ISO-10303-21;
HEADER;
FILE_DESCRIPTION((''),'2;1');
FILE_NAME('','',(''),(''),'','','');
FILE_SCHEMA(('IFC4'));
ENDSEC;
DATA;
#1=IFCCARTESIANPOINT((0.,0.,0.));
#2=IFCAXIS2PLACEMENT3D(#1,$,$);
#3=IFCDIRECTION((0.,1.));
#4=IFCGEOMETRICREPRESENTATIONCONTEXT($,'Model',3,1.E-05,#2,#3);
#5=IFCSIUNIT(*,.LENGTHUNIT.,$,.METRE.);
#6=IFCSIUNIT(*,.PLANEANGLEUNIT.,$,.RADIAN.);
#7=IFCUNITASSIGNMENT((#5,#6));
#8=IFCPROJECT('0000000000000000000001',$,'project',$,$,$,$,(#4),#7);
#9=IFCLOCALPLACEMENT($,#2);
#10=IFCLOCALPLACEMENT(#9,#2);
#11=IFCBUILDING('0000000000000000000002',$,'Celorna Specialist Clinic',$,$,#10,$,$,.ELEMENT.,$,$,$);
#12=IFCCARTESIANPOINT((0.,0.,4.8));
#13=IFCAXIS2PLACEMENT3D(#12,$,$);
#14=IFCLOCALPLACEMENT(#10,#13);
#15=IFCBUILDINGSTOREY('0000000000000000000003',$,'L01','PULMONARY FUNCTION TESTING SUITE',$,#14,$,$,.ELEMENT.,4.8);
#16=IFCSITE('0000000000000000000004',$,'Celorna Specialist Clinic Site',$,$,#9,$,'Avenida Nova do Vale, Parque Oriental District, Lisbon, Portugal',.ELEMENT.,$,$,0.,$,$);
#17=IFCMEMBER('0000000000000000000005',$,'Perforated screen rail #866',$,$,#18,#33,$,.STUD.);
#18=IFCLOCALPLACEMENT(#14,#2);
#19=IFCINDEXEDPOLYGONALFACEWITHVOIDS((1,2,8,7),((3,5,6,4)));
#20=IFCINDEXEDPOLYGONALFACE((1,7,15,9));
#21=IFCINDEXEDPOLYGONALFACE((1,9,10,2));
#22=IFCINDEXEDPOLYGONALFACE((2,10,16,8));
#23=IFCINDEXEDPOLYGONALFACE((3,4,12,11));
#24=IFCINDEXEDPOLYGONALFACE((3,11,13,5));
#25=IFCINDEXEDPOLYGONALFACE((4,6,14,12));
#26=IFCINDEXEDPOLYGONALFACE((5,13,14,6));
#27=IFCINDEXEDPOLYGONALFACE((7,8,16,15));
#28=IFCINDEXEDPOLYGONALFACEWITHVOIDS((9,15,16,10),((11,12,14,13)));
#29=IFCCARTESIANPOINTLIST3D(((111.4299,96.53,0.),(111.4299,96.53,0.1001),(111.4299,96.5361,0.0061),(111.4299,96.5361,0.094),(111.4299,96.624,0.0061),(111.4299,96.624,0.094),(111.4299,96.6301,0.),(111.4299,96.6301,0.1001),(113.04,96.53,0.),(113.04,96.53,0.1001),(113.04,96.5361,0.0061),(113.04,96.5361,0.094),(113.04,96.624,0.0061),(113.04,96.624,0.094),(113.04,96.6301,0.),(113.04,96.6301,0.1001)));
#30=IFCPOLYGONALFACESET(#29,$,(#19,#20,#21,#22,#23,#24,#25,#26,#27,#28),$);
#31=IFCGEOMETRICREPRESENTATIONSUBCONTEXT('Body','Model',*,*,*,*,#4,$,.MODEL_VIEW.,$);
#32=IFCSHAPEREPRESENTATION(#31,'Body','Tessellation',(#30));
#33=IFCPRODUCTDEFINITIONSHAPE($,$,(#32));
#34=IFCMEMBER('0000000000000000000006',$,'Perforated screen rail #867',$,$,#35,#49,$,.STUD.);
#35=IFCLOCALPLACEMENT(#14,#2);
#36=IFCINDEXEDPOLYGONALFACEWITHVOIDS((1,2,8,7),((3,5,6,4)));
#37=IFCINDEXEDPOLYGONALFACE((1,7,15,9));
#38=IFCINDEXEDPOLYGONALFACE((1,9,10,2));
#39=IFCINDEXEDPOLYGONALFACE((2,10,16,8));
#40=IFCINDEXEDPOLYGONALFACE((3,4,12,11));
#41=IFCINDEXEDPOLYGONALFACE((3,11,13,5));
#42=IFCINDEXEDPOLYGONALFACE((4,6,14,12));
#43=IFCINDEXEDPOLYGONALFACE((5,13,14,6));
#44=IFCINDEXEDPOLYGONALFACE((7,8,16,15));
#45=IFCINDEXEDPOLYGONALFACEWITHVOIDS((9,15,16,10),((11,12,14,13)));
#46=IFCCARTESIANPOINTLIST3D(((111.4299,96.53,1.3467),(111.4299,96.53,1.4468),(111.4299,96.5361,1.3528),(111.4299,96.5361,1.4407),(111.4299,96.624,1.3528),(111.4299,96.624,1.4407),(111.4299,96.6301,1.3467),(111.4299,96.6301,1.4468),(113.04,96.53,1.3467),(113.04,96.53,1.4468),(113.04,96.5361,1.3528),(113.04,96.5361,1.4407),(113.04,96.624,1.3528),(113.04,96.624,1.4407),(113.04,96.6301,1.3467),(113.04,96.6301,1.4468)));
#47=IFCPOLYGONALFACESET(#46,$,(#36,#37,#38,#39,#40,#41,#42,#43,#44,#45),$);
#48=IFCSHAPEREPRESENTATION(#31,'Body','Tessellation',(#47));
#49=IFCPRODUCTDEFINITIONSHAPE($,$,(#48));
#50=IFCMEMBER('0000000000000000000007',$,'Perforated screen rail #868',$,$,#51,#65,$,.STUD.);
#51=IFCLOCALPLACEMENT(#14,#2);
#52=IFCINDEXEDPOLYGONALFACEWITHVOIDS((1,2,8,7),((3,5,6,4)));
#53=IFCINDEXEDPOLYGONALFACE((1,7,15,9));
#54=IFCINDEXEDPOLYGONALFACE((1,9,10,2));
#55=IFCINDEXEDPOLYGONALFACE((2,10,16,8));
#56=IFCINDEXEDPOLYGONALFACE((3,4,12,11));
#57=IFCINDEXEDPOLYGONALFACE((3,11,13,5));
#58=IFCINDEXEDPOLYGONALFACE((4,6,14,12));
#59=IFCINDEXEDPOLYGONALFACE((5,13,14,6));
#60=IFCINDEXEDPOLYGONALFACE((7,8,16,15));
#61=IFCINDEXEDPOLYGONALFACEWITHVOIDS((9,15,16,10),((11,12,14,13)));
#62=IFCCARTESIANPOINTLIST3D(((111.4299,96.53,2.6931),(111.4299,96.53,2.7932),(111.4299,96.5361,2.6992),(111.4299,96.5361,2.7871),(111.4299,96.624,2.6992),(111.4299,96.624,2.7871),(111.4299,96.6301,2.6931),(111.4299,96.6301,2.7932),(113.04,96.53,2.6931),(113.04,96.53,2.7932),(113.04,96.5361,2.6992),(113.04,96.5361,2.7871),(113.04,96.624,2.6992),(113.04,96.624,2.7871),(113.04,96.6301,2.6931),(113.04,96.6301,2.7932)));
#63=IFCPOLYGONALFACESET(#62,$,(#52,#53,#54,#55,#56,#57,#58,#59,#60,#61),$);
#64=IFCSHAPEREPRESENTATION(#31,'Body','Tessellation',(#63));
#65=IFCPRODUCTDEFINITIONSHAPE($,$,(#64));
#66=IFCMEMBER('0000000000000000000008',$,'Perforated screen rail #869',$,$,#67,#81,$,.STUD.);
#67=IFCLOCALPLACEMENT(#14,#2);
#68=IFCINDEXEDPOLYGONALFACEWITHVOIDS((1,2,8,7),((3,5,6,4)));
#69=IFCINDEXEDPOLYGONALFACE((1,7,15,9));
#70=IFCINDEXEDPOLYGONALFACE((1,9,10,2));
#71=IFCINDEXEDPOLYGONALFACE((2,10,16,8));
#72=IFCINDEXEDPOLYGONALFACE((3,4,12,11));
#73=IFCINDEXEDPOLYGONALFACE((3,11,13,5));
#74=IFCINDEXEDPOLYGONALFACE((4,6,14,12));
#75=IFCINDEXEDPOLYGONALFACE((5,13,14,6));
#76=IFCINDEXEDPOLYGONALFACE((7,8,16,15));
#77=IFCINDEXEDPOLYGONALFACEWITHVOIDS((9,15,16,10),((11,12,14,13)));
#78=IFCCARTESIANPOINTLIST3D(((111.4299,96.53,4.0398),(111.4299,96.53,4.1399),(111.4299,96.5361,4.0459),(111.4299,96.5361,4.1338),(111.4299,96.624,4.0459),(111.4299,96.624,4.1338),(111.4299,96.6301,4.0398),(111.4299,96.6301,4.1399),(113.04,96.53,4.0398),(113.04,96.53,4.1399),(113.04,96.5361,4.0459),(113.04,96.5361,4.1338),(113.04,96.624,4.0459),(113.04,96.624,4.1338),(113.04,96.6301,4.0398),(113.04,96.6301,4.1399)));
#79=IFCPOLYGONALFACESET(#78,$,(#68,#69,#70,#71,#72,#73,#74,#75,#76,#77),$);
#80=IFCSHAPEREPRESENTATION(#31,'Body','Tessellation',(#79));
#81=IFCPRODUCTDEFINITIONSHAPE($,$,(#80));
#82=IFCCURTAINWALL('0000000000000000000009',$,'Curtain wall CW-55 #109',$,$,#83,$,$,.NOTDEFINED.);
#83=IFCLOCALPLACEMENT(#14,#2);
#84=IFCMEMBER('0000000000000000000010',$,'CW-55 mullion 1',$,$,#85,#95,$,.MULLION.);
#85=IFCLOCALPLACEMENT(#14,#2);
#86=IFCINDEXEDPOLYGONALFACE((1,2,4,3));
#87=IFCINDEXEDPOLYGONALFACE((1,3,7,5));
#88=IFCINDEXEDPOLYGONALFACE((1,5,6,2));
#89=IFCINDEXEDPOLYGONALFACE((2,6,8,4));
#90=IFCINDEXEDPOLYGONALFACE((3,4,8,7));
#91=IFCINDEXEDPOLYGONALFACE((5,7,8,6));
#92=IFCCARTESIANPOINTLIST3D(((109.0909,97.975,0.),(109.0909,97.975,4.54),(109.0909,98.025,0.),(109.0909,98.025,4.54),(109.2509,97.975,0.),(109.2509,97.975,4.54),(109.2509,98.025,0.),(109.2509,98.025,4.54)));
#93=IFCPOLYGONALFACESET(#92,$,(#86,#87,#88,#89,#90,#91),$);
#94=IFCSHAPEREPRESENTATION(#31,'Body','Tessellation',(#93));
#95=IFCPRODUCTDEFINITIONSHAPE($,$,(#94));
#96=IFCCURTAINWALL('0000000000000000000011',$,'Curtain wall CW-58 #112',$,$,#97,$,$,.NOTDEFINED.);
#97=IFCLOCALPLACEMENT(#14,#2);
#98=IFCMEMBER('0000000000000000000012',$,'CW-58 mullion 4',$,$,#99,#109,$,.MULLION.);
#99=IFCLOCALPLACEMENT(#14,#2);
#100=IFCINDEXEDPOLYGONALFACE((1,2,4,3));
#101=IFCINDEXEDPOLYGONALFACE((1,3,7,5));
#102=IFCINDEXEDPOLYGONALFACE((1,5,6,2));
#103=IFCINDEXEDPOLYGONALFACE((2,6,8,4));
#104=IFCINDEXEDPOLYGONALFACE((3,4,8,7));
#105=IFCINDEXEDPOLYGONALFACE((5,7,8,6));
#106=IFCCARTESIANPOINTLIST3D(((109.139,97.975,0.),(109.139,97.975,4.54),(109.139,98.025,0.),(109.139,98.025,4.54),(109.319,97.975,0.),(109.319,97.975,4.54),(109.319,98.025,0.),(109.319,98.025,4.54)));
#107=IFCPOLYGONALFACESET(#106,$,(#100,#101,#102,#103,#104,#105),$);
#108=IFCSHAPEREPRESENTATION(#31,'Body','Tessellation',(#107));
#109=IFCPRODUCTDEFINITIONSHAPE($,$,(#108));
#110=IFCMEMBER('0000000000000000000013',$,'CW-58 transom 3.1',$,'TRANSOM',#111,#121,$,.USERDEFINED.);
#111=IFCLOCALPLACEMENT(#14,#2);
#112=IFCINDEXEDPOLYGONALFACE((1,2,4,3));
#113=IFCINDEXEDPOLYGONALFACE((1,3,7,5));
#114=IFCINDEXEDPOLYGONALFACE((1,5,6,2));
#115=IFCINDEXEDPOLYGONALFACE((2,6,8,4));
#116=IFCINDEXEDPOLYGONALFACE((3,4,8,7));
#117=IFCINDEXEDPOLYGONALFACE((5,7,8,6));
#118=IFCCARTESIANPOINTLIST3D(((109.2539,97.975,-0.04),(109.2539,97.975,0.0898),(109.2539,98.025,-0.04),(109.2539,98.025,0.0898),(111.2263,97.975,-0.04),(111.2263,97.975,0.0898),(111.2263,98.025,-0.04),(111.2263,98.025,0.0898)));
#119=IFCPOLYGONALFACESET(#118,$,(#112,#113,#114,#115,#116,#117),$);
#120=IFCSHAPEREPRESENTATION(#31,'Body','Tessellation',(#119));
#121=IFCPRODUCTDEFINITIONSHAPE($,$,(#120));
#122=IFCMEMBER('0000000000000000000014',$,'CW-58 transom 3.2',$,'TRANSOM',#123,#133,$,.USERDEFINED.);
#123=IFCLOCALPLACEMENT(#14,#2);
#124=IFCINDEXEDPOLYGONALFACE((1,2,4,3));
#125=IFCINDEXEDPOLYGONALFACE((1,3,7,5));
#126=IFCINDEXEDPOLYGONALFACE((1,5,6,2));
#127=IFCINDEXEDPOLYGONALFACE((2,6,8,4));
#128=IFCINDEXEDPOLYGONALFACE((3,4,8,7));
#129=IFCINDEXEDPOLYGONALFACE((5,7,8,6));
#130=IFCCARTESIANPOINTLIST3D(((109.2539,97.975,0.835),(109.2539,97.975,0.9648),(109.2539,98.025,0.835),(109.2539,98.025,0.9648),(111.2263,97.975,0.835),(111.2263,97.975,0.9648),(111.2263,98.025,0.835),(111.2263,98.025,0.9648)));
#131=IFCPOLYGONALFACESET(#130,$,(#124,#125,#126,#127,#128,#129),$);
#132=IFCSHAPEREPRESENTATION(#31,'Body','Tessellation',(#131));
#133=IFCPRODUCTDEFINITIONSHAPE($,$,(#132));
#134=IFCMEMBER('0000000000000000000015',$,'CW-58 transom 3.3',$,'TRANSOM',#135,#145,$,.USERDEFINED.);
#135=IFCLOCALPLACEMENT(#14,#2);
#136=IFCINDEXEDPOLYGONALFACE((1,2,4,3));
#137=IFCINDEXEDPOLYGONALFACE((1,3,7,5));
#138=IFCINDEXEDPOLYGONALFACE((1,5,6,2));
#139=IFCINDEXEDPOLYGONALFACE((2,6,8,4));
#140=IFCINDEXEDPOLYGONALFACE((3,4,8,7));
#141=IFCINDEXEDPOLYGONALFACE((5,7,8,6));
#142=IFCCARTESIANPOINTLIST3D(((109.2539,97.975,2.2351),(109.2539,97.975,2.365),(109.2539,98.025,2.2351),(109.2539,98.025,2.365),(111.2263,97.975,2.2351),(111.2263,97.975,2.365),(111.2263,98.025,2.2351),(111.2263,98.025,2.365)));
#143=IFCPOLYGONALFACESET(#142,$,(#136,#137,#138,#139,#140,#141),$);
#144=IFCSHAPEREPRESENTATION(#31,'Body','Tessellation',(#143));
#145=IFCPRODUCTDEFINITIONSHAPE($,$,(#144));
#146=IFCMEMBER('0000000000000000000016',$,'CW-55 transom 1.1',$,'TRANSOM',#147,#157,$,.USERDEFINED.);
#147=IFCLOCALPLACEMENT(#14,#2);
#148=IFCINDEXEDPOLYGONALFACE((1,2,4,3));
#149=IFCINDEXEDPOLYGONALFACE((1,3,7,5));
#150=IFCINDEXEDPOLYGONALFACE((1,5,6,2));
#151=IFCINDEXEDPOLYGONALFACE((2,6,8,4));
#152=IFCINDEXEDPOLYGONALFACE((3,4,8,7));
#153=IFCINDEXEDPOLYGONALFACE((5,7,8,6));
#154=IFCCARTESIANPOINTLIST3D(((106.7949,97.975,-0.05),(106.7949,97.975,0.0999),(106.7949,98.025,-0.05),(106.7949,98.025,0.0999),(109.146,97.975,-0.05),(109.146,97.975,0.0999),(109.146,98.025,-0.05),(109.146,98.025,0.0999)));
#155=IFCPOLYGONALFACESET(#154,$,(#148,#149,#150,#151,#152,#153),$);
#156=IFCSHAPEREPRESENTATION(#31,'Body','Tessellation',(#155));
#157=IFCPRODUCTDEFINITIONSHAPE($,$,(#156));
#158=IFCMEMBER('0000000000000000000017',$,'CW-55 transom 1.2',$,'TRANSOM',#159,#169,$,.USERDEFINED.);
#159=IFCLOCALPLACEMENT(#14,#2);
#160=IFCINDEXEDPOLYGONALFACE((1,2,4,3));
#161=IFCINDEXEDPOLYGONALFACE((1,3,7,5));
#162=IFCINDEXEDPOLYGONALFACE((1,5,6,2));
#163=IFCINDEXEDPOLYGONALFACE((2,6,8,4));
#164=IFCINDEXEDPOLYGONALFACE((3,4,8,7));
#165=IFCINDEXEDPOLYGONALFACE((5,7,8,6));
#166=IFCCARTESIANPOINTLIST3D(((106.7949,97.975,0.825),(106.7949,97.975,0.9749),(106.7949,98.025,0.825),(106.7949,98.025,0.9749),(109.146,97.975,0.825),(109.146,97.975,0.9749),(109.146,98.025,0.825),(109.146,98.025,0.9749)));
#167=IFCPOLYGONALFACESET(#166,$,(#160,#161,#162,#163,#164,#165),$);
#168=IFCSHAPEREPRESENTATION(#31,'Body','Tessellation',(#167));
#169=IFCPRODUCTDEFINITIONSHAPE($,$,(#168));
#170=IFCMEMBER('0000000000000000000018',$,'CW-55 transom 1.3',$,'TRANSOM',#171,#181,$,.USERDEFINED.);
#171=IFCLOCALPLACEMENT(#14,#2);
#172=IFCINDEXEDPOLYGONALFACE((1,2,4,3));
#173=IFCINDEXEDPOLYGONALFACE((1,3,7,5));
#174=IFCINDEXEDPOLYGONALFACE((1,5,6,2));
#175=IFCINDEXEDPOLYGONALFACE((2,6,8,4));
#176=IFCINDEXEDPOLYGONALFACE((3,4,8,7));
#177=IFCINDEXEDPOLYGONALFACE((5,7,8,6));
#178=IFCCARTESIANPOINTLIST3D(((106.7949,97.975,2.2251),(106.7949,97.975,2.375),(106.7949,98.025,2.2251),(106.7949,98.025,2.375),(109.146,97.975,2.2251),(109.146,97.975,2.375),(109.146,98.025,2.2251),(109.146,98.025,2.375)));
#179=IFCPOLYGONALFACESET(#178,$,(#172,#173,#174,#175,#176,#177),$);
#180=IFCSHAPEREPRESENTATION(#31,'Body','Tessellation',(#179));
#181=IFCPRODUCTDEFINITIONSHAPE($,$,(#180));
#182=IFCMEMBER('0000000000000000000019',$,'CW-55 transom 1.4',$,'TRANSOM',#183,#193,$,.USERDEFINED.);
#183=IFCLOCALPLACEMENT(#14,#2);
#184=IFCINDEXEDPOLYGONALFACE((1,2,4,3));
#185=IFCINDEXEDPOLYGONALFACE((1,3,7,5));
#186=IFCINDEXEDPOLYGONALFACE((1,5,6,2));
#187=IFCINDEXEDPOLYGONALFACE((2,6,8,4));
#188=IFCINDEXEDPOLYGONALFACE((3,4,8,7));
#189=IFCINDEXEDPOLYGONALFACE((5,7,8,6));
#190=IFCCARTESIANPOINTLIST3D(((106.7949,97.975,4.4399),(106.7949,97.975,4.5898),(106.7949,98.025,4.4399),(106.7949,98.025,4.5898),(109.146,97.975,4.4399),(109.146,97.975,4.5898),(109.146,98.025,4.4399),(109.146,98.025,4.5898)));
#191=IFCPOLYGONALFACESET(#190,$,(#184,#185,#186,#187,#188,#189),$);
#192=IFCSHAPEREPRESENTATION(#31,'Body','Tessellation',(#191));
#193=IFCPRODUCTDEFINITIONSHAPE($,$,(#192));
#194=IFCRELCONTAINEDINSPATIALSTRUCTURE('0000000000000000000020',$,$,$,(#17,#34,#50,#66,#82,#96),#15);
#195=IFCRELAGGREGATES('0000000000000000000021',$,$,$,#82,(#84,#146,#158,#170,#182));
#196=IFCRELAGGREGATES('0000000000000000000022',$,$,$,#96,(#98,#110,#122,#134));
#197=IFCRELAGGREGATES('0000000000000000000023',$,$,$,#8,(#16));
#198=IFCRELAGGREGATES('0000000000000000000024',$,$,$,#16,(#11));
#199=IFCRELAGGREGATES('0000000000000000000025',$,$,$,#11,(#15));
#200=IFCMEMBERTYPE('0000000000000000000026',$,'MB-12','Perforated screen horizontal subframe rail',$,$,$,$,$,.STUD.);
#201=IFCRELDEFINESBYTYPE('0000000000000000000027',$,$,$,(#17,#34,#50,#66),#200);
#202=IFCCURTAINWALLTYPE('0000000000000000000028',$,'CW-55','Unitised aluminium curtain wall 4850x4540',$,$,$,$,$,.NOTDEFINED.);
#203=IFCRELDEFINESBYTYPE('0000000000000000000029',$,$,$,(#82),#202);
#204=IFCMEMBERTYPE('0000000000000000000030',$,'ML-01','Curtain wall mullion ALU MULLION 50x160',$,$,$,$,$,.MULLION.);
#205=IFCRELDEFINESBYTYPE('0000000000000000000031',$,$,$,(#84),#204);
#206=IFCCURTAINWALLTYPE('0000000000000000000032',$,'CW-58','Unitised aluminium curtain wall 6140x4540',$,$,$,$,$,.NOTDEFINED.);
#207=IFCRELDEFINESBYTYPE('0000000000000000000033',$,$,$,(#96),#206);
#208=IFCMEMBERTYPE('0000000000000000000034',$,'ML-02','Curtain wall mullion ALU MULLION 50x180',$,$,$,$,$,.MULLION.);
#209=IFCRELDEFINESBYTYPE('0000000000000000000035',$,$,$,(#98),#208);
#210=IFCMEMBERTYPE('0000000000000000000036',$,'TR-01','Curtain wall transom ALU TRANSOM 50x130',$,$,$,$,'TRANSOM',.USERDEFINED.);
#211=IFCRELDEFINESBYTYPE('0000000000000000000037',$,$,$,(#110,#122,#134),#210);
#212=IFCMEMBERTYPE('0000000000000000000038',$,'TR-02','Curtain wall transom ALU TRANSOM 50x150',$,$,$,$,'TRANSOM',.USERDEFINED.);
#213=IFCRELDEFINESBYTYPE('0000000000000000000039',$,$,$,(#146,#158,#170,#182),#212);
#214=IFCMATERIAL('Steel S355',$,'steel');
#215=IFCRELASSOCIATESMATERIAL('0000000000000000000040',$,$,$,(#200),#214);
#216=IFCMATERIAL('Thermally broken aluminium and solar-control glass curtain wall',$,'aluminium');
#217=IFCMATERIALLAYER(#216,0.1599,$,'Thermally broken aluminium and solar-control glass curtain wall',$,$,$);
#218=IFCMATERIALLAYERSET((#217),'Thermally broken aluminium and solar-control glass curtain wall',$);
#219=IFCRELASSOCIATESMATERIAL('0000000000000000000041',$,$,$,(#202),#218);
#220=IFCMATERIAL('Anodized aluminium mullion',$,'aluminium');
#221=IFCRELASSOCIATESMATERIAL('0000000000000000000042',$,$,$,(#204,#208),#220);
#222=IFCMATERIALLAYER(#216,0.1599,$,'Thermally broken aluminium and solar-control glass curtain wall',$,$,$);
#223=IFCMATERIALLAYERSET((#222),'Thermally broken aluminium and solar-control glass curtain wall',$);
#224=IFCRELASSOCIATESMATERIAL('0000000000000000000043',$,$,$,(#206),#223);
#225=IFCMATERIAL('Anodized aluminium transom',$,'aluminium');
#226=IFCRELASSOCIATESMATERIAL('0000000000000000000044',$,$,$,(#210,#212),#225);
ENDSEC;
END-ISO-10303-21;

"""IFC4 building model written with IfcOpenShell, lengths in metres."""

from ifc_helpers import new_model, si_unit, direction, frame, origin, origin_2d, place, context, subcontext, project, spatial, rectangle, hollow_rectangle, extrude, material, layer, layer_set, material_profile, profile_set, type_object, element, aggregate, save


model = new_model("IFC4")

# Units and contexts
model_context = context("Model", 3, precision=1e-05, world=origin(), true_north=direction((0.0, 1.0)))
body_context = subcontext(model_context, "Body", "Model", "MODEL_VIEW")
ifc_project = project(units=[si_unit("LENGTHUNIT", "METRE"), si_unit("PLANEANGLEUNIT", "RADIAN")], contexts=[model_context])

# Site, building, storey
site_placement = place(None, origin())
site = spatial("IfcSite", under=ifc_project, at=site_placement, Name="Celorna Specialist Clinic Site", LongName="Avenida Nova do Vale, Parque Oriental District, Lisbon, Portugal", CompositionType="ELEMENT", RefElevation=0.0)
building_placement = place(site_placement, origin())
building = spatial("IfcBuilding", under=site, at=building_placement, Name="Celorna Specialist Clinic", CompositionType="ELEMENT")
storey_placement = place(building_placement, frame((0.0, 0.0, 4.8)))
storey = spatial("IfcBuildingStorey", under=building, at=storey_placement, Name="L01", Description="PULMONARY FUNCTION TESTING SUITE", CompositionType="ELEMENT", Elevation=4.8)

# Shared definitions
ifc_material_1 = material(Name="Steel S355", Category="steel")

# Members
ifc_material_profile_1 = material_profile(ifc_material_1, hollow_rectangle(XDim=0.1001, YDim=0.1001, WallThickness=0.0061, at=origin_2d()), Name="SHS 100x100x6")
ifc_profile_set_1 = profile_set([ifc_material_profile_1], Name="Steel S355")
member_type_1 = type_object("IfcMemberType", Name="MB-12", Description="Perforated screen horizontal subframe rail", PredefinedType="STUD", material=ifc_profile_set_1)
for number, where, z_axis, x_axis, name in (
    (1, (111.4299, 96.5801, 0.05), (1.0, 0.0, 0.0), (0.0, 1.0, 0.0), "Perforated screen rail #866"),
    (2, (111.4299, 96.5801, 1.3967), (1.0, 0.0, 0.0), (0.0, 1.0, 0.0), "Perforated screen rail #867"),
    (3, (111.4299, 96.5801, 2.7432), (1.0, 0.0, 0.0), (0.0, 1.0, 0.0), "Perforated screen rail #868"),
    (4, (111.4299, 96.5801, 4.0898), (1.0, 0.0, 0.0), (0.0, 1.0, 0.0), "Perforated screen rail #869"),
):
    element("IfcMember", number, at=place(storey_placement, frame(where, z_axis=z_axis, x_axis=x_axis)), inside=storey, type_object=member_type_1, Name=name, PredefinedType="STUD", context=body_context, shape_type="SweptSolid", body=[
        extrude(hollow_rectangle(XDim=0.1001, YDim=0.1001, WallThickness=0.0061, at=origin_2d()), origin(), (0.0, 0.0, 1.0), 1.6101),
    ])

# Curtain wall, member
ifc_material_2 = material(Name="Thermally broken aluminium and solar-control glass curtain wall", Category="aluminium")
ifc_layer_1 = layer(ifc_material_2, 0.1599, Name="Thermally broken aluminium and solar-control glass curtain wall")
ifc_layer_set_1 = layer_set([ifc_layer_1], Name="Thermally broken aluminium and solar-control glass curtain wall")
curtain_wall_type_1 = type_object("IfcCurtainWallType", Name="CW-55", Description="Unitised aluminium curtain wall 4850x4540", PredefinedType="NOTDEFINED", material=ifc_layer_set_1)
curtain_wall_1_placement = place(storey_placement, origin())
curtain_wall_1 = element("IfcCurtainWall", 5, at=curtain_wall_1_placement, inside=storey, type_object=curtain_wall_type_1, Name="Curtain wall CW-55 #109", PredefinedType="NOTDEFINED")
ifc_material_3 = material(Name="Anodized aluminium mullion", Category="aluminium")
ifc_material_profile_2 = material_profile(ifc_material_3, rectangle(XDim=0.05, YDim=0.1599, at=origin_2d()), Name="ALU MULLION 50x160")
ifc_profile_set_2 = profile_set([ifc_material_profile_2], Name="Anodized aluminium mullion")
member_type_2 = type_object("IfcMemberType", Name="ML-01", Description="Curtain wall mullion ALU MULLION 50x160", PredefinedType="MULLION", material=ifc_profile_set_2)
member_1_placement = place(storey_placement, frame((109.1709, 98.0, 0.0), z_axis=(0.0, 0.0, 1.0), x_axis=(0.0, -1.0, 0.0)))
member_1 = element("IfcMember", 6, at=member_1_placement, type_object=member_type_2, Name="CW-55 mullion 1", PredefinedType="MULLION", context=body_context, shape_type="SweptSolid", body=[
    extrude(rectangle(XDim=0.05, YDim=0.1599, at=origin_2d()), origin(), (0.0, 0.0, 1.0), 4.54),
])

# Curtain wall, members
ifc_layer_2 = layer(ifc_material_2, 0.1599, Name="Thermally broken aluminium and solar-control glass curtain wall")
ifc_layer_set_2 = layer_set([ifc_layer_2], Name="Thermally broken aluminium and solar-control glass curtain wall")
curtain_wall_type_2 = type_object("IfcCurtainWallType", Name="CW-58", Description="Unitised aluminium curtain wall 6140x4540", PredefinedType="NOTDEFINED", material=ifc_layer_set_2)
curtain_wall_2_placement = place(storey_placement, origin())
curtain_wall_2 = element("IfcCurtainWall", 7, at=curtain_wall_2_placement, inside=storey, type_object=curtain_wall_type_2, Name="Curtain wall CW-58 #112", PredefinedType="NOTDEFINED")
ifc_material_profile_3 = material_profile(ifc_material_3, rectangle(XDim=0.05, YDim=0.1799, at=origin_2d()), Name="ALU MULLION 50x180")
ifc_profile_set_3 = profile_set([ifc_material_profile_3], Name="Anodized aluminium mullion")
member_type_3 = type_object("IfcMemberType", Name="ML-02", Description="Curtain wall mullion ALU MULLION 50x180", PredefinedType="MULLION", material=ifc_profile_set_3)
member_2_placement = place(storey_placement, frame((109.229, 98.0, 0.0), z_axis=(0.0, 0.0, 1.0), x_axis=(0.0, -1.0, 0.0)))
member_2 = element("IfcMember", 8, at=member_2_placement, type_object=member_type_3, Name="CW-58 mullion 4", PredefinedType="MULLION", context=body_context, shape_type="SweptSolid", body=[
    extrude(rectangle(XDim=0.05, YDim=0.1799, at=origin_2d()), origin(), (0.0, 0.0, 1.0), 4.54),
])
ifc_material_4 = material(Name="Anodized aluminium transom", Category="aluminium")
ifc_material_profile_4 = material_profile(ifc_material_4, rectangle(XDim=0.05, YDim=0.1299, at=origin_2d()), Name="ALU TRANSOM 50x130")
ifc_profile_set_4 = profile_set([ifc_material_profile_4], Name="Anodized aluminium transom")
member_type_4 = type_object("IfcMemberType", Name="TR-01", Description="Curtain wall transom ALU TRANSOM 50x130", ElementType="TRANSOM", PredefinedType="USERDEFINED", material=ifc_profile_set_4)
member_3_placement = place(storey_placement, frame((111.2263, 98.0, 0.0249), z_axis=(-1.0, 0.0, 0.0), x_axis=(0.0, -1.0, 0.0)))
member_3 = element("IfcMember", 9, at=member_3_placement, type_object=member_type_4, Name="CW-58 transom 3.1", ObjectType="TRANSOM", PredefinedType="USERDEFINED", context=body_context, shape_type="SweptSolid", body=[
    extrude(rectangle(XDim=0.05, YDim=0.1299, at=origin_2d()), origin(), (0.0, 0.0, 1.0), 1.9724),
])
member_4_placement = place(storey_placement, frame((111.2263, 98.0, 0.8999), z_axis=(-1.0, 0.0, 0.0), x_axis=(0.0, -1.0, 0.0)))
member_4 = element("IfcMember", 10, at=member_4_placement, type_object=member_type_4, Name="CW-58 transom 3.2", ObjectType="TRANSOM", PredefinedType="USERDEFINED", context=body_context, shape_type="SweptSolid", body=[
    extrude(rectangle(XDim=0.05, YDim=0.1299, at=origin_2d()), origin(), (0.0, 0.0, 1.0), 1.9724),
])
member_5_placement = place(storey_placement, frame((111.2263, 98.0, 2.3), z_axis=(-1.0, 0.0, 0.0), x_axis=(0.0, -1.0, 0.0)))
member_5 = element("IfcMember", 11, at=member_5_placement, type_object=member_type_4, Name="CW-58 transom 3.3", ObjectType="TRANSOM", PredefinedType="USERDEFINED", context=body_context, shape_type="SweptSolid", body=[
    extrude(rectangle(XDim=0.05, YDim=0.1299, at=origin_2d()), origin(), (0.0, 0.0, 1.0), 1.9724),
])

# Members
ifc_material_profile_5 = material_profile(ifc_material_4, rectangle(XDim=0.05, YDim=0.1499, at=origin_2d()), Name="ALU TRANSOM 50x150")
ifc_profile_set_5 = profile_set([ifc_material_profile_5], Name="Anodized aluminium transom")
member_type_5 = type_object("IfcMemberType", Name="TR-02", Description="Curtain wall transom ALU TRANSOM 50x150", ElementType="TRANSOM", PredefinedType="USERDEFINED", material=ifc_profile_set_5)
member_6_placement = place(storey_placement, frame((109.146, 98.0, 0.0249), z_axis=(-1.0, 0.0, 0.0), x_axis=(0.0, -1.0, 0.0)))
member_6 = element("IfcMember", 12, at=member_6_placement, type_object=member_type_5, Name="CW-55 transom 1.1", ObjectType="TRANSOM", PredefinedType="USERDEFINED", context=body_context, shape_type="SweptSolid", body=[
    extrude(rectangle(XDim=0.05, YDim=0.1499, at=origin_2d()), origin(), (0.0, 0.0, 1.0), 2.3511),
])
member_7_placement = place(storey_placement, frame((109.146, 98.0, 0.8999), z_axis=(-1.0, 0.0, 0.0), x_axis=(0.0, -1.0, 0.0)))
member_7 = element("IfcMember", 13, at=member_7_placement, type_object=member_type_5, Name="CW-55 transom 1.2", ObjectType="TRANSOM", PredefinedType="USERDEFINED", context=body_context, shape_type="SweptSolid", body=[
    extrude(rectangle(XDim=0.05, YDim=0.1499, at=origin_2d()), origin(), (0.0, 0.0, 1.0), 2.3511),
])
member_8_placement = place(storey_placement, frame((109.146, 98.0, 2.3), z_axis=(-1.0, 0.0, 0.0), x_axis=(0.0, -1.0, 0.0)))
member_8 = element("IfcMember", 14, at=member_8_placement, type_object=member_type_5, Name="CW-55 transom 1.3", ObjectType="TRANSOM", PredefinedType="USERDEFINED", context=body_context, shape_type="SweptSolid", body=[
    extrude(rectangle(XDim=0.05, YDim=0.1499, at=origin_2d()), origin(), (0.0, 0.0, 1.0), 2.3511),
])
member_9_placement = place(storey_placement, frame((109.146, 98.0, 4.5149), z_axis=(-1.0, 0.0, 0.0), x_axis=(0.0, -1.0, 0.0)))
member_9 = element("IfcMember", 15, at=member_9_placement, type_object=member_type_5, Name="CW-55 transom 1.4", ObjectType="TRANSOM", PredefinedType="USERDEFINED", context=body_context, shape_type="SweptSolid", body=[
    extrude(rectangle(XDim=0.05, YDim=0.1499, at=origin_2d()), origin(), (0.0, 0.0, 1.0), 2.3511),
])
aggregate(curtain_wall_1, [member_1, member_6, member_7, member_8, member_9])

aggregate(curtain_wall_2, [member_2, member_3, member_4, member_5])

save(model, "model.ifc")
